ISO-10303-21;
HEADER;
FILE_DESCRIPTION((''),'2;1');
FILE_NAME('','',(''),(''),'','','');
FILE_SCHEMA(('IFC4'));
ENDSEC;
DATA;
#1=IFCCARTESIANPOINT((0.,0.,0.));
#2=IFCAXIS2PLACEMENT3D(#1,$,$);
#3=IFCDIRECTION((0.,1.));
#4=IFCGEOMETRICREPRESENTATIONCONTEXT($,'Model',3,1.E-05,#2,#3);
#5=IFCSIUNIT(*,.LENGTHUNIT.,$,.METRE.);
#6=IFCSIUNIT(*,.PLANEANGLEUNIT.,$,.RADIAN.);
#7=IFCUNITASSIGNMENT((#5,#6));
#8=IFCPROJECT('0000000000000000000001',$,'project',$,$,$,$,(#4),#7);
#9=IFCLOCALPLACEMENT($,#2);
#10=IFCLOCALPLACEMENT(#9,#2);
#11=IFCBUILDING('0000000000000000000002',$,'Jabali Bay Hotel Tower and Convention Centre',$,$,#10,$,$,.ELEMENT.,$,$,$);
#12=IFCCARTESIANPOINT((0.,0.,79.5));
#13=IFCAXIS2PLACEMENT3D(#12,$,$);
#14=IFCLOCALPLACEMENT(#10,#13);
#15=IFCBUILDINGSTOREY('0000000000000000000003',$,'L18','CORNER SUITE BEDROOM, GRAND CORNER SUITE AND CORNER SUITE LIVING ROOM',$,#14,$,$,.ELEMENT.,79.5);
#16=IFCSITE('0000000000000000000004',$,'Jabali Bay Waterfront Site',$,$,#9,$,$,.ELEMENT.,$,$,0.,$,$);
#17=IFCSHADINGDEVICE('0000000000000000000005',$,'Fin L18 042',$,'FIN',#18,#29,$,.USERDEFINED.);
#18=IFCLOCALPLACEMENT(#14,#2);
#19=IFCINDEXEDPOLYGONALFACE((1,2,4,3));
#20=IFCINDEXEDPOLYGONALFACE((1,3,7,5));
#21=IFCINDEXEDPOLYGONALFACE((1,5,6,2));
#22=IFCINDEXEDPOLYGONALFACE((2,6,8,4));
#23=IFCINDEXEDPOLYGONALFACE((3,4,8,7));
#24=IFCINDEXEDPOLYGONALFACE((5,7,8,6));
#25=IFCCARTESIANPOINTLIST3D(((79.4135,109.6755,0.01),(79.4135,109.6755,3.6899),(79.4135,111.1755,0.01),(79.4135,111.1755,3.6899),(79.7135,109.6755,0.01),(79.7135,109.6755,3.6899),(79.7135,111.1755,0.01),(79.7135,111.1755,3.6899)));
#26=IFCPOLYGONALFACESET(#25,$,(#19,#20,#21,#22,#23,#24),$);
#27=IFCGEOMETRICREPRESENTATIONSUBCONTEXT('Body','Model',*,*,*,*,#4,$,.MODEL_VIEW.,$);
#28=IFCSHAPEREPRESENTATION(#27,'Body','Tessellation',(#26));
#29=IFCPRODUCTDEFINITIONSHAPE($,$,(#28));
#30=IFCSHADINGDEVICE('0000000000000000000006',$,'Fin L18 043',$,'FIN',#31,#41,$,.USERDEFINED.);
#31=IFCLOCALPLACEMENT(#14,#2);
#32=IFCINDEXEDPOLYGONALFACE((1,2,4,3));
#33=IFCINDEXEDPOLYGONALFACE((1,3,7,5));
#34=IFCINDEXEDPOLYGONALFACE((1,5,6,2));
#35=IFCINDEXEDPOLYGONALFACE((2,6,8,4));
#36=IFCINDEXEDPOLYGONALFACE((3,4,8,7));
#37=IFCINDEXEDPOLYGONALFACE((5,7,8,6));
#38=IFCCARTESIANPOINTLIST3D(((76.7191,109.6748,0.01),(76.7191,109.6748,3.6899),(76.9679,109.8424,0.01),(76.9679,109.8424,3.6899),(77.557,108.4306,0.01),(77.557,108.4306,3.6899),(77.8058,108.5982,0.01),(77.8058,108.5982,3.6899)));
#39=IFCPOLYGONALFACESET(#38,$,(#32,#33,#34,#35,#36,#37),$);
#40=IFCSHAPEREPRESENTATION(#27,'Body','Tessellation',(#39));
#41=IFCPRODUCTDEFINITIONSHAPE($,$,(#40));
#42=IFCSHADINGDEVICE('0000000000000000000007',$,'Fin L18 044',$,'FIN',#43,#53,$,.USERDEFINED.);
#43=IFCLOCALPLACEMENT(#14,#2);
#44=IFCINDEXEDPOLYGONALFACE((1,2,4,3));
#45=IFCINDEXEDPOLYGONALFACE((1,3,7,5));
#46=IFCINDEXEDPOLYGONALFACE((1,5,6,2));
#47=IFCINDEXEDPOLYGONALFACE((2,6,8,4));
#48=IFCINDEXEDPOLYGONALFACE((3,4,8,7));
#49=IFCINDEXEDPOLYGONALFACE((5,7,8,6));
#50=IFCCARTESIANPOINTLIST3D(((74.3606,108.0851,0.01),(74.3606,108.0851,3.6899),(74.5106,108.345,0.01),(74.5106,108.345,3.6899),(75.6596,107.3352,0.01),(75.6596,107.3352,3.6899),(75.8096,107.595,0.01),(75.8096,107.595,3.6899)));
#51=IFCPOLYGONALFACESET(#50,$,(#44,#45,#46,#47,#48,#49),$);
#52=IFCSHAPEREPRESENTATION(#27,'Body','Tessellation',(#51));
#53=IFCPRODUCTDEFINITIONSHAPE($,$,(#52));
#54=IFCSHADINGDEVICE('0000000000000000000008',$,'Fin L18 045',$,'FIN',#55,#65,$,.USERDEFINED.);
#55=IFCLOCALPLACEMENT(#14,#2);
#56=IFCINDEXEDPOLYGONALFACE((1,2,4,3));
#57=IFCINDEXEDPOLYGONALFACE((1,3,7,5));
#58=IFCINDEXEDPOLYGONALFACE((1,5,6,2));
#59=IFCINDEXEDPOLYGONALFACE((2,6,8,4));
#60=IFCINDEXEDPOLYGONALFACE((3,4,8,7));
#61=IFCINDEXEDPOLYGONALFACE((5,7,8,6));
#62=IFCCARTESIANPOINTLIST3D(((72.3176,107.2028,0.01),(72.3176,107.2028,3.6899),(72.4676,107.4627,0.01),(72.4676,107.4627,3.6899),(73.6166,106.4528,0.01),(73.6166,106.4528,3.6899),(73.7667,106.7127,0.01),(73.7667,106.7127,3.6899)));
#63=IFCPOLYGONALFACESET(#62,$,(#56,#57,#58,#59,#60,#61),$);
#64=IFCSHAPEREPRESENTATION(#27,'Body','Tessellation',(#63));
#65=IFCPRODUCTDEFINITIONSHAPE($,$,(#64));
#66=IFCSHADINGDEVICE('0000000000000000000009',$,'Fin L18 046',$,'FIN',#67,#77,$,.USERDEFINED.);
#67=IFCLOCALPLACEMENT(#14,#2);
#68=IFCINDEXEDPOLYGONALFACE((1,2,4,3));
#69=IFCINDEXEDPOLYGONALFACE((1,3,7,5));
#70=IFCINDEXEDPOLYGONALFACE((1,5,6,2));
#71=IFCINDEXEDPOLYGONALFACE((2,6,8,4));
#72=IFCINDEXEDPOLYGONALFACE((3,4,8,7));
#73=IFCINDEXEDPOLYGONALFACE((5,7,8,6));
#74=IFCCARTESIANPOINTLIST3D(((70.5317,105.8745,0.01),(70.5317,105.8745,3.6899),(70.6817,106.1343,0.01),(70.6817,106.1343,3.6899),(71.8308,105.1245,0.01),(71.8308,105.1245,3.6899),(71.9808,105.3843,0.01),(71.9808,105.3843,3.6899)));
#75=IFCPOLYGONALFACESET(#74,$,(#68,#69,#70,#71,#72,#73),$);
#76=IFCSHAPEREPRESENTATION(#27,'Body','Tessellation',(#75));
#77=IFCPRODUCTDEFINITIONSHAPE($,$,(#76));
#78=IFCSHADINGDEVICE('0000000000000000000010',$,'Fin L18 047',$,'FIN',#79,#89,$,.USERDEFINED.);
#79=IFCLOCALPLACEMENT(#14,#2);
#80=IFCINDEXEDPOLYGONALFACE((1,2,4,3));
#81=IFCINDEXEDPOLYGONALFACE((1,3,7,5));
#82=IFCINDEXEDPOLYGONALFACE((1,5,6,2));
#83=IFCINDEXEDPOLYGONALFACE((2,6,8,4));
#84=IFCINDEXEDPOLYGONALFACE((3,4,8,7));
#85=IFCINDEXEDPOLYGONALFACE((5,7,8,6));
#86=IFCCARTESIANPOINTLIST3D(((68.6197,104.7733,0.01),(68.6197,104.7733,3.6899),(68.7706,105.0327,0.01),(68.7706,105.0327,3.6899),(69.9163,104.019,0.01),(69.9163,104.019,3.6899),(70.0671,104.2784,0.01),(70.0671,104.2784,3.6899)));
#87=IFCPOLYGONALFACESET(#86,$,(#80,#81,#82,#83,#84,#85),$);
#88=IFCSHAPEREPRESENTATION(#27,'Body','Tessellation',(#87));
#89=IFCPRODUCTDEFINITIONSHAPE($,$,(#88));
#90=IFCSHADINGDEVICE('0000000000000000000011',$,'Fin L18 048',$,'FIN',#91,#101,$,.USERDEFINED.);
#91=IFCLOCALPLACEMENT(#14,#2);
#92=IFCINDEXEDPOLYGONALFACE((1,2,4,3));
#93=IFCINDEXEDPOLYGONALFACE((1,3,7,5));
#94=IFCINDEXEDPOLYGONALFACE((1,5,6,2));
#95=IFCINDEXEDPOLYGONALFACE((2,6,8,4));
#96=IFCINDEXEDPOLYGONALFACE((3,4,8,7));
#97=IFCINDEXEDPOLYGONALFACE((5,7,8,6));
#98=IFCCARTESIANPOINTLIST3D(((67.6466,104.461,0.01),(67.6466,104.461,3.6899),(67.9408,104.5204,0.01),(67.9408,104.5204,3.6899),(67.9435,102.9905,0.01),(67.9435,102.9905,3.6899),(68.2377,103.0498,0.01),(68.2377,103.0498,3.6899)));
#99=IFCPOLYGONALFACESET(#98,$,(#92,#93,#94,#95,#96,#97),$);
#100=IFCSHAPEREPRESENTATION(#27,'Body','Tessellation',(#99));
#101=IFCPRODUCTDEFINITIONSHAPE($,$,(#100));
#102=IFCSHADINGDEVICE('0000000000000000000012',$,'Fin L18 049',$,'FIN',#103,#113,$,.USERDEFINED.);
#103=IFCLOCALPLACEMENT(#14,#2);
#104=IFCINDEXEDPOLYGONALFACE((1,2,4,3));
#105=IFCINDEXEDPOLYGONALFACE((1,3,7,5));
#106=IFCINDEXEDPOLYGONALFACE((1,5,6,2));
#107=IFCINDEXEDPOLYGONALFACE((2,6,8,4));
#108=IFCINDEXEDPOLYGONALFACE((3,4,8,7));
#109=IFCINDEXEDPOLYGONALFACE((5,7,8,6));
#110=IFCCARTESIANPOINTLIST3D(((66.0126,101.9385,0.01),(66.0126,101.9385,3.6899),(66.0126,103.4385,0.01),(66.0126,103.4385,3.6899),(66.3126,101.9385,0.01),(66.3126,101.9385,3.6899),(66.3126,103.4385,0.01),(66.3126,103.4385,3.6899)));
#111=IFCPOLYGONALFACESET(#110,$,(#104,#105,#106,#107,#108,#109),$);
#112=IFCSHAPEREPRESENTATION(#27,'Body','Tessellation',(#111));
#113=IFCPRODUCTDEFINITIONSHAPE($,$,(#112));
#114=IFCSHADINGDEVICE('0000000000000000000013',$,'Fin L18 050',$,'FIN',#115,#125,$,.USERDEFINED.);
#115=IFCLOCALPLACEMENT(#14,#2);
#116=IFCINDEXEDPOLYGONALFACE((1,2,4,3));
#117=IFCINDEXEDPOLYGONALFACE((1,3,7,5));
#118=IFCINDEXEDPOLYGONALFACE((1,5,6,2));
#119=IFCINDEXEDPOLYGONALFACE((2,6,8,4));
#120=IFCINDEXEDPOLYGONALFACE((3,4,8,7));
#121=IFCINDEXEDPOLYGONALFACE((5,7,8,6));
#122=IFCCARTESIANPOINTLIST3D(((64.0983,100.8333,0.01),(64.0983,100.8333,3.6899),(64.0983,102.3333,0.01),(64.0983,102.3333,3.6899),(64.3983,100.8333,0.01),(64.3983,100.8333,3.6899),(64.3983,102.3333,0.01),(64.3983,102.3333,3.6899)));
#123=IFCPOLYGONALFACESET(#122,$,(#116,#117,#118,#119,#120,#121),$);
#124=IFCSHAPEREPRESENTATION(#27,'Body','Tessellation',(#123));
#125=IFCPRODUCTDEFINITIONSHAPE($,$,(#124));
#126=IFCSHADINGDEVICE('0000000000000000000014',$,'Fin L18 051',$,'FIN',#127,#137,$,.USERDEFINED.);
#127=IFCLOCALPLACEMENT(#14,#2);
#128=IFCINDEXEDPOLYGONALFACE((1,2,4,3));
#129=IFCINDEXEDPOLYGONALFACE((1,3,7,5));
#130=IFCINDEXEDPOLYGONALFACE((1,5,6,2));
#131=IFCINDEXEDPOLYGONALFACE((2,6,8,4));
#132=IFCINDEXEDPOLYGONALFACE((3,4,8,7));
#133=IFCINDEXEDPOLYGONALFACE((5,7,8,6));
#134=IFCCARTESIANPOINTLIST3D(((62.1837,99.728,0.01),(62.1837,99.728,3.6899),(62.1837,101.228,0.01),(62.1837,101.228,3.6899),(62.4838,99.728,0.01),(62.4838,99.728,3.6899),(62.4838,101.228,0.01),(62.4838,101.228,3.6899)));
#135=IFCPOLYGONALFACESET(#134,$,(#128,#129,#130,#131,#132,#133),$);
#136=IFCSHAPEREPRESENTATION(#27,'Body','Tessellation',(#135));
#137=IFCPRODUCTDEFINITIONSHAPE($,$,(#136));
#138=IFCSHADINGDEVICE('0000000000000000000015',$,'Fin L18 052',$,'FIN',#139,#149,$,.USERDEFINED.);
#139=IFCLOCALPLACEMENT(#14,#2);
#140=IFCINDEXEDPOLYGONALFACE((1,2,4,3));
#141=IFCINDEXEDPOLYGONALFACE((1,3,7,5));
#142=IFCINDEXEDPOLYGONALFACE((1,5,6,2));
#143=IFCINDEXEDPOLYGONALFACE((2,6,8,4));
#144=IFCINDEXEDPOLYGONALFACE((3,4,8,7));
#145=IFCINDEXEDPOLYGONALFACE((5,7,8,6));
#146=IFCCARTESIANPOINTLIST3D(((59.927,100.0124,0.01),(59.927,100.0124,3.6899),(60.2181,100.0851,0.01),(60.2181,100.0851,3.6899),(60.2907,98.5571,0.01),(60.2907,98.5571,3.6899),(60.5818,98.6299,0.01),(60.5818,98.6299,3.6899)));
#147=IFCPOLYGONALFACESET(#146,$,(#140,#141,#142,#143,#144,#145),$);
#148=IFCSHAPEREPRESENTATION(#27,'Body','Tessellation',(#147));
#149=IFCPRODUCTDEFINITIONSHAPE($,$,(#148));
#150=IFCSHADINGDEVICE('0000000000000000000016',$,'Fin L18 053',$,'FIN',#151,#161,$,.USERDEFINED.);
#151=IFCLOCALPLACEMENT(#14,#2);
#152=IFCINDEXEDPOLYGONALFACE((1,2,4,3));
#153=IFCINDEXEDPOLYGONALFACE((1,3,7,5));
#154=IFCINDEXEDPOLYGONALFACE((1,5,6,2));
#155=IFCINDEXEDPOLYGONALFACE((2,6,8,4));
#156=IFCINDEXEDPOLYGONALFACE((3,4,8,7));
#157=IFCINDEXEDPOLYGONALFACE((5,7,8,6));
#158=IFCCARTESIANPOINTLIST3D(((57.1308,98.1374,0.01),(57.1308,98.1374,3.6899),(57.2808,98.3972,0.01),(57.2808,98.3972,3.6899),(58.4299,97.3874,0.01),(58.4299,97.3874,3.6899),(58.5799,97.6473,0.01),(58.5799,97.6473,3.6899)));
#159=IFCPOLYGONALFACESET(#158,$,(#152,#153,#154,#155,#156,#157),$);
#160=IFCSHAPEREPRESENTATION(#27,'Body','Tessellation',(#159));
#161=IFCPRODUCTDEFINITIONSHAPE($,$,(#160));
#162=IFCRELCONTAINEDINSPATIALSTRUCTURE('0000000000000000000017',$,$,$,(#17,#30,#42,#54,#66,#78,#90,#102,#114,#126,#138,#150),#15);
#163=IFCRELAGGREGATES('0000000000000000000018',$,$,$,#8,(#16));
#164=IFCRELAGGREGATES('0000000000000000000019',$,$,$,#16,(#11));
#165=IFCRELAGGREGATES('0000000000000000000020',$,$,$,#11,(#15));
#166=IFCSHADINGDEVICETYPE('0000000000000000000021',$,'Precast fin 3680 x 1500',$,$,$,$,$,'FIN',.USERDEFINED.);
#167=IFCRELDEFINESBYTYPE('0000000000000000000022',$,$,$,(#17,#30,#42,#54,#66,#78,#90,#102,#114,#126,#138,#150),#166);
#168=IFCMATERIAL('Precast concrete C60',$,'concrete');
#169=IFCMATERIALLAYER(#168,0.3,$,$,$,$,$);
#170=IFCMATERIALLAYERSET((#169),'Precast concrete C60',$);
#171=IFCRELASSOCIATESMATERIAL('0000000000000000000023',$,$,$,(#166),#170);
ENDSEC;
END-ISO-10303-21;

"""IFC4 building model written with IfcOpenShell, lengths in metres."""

from ifc_helpers import new_model, si_unit, direction, frame, frame_2d, origin, place, context, subcontext, project, spatial, rectangle, extrude, material, layer, layer_set, type_object, element, save


model = new_model("IFC4")

# Units and contexts
model_context = context("Model", 3, precision=1e-05, world=origin(), true_north=direction((0.0, 1.0)))
body_context = subcontext(model_context, "Body", "Model", "MODEL_VIEW")
ifc_project = project(units=[si_unit("LENGTHUNIT", "METRE"), si_unit("PLANEANGLEUNIT", "RADIAN")], contexts=[model_context])

# Site, building, storey
site_placement = place(None, origin())
site = spatial("IfcSite", under=ifc_project, at=site_placement, Name="Jabali Bay Waterfront Site", CompositionType="ELEMENT", RefElevation=0.0)
building_placement = place(site_placement, origin())
building = spatial("IfcBuilding", under=site, at=building_placement, Name="Jabali Bay Hotel Tower and Convention Centre", CompositionType="ELEMENT")
storey_placement = place(building_placement, frame((0.0, 0.0, 79.5)))
storey = spatial("IfcBuildingStorey", under=building, at=storey_placement, Name="L18", Description="CORNER SUITE BEDROOM, GRAND CORNER SUITE AND CORNER SUITE LIVING ROOM", CompositionType="ELEMENT", Elevation=79.5)

# Shading devices
ifc_material_1 = material(Name="Precast concrete C60", Category="concrete")
ifc_layer_1 = layer(ifc_material_1, 0.3)
ifc_layer_set_1 = layer_set([ifc_layer_1], Name="Precast concrete C60")
shading_device_type = type_object("IfcShadingDeviceType", Name="Precast fin 3680 x 1500", ElementType="FIN", PredefinedType="USERDEFINED", material=ifc_layer_set_1)
for number, where, z_axis, x_axis, name in (
    (1, (79.5635, 109.6755, 0.01), (0.0, 0.0, 1.0), (0.0, 1.0, 0.0), "Fin L18 042"),
    (2, (77.6814, 108.5144, 0.01), (0.0, 0.0, 1.0), (-0.5586, 0.829437, 0.0), "Fin L18 043"),
    (3, (75.7346, 107.4651, 0.01), (0.0, 0.0, 1.0), (-0.866031, 0.49999, 0.0), "Fin L18 044"),
    (4, (73.6917, 106.5828, 0.01), (0.0, 0.0, 1.0), (-0.866031, 0.49999, 0.0), "Fin L18 045"),
    (5, (71.9058, 105.2544, 0.01), (0.0, 0.0, 1.0), (-0.866031, 0.49999, 0.0), "Fin L18 046"),
    (6, (69.9917, 104.1487, 0.01), (0.0, 0.0, 1.0), (-0.864351, 0.502889, 0.0), "Fin L18 047"),
):
    element("IfcShadingDevice", number, at=place(storey_placement, frame(where, z_axis=z_axis, x_axis=x_axis)), inside=storey, type_object=shading_device_type, Name=name, ObjectType="FIN", PredefinedType="USERDEFINED", context=body_context, shape_type="SweptSolid", body=[
        extrude(rectangle(XDim=1.5, YDim=0.3, at=frame_2d((0.75, 0.0))), origin(), (0.0, 0.0, 1.0), 3.6799),
    ])
shading_device_placement = place(storey_placement, frame((68.0906, 103.0203, 0.01), z_axis=(0.0, 0.0, 1.0), x_axis=(-0.1979, 0.980222, 0.0)))
element("IfcShadingDevice", 7, at=shading_device_placement, inside=storey, type_object=shading_device_type, Name="Fin L18 048", ObjectType="FIN", PredefinedType="USERDEFINED", context=body_context, shape_type="SweptSolid", body=[
    extrude(rectangle(XDim=1.5002, YDim=0.3, at=frame_2d((0.75, 0.0))), origin(), (0.0, 0.0, 1.0), 3.6799),
])
for number, where, z_axis, x_axis, name in (
    (8, (66.1626, 101.9385, 0.01), (0.0, 0.0, 1.0), (0.0, 1.0, 0.0), "Fin L18 049"),
    (9, (64.2483, 100.8333, 0.01), (0.0, 0.0, 1.0), (0.0, 1.0, 0.0), "Fin L18 050"),
    (10, (62.3337, 99.728, 0.01), (0.0, 0.0, 1.0), (0.0, 1.0, 0.0), "Fin L18 051"),
    (11, (60.4363, 98.5935, 0.01), (0.0, 0.0, 1.0), (-0.242497, 0.970152, 0.0), "Fin L18 052"),
    (12, (58.5049, 97.5173, 0.01), (0.0, 0.0, 1.0), (-0.866031, 0.49999, 0.0), "Fin L18 053"),
):
    element("IfcShadingDevice", number, at=place(storey_placement, frame(where, z_axis=z_axis, x_axis=x_axis)), inside=storey, type_object=shading_device_type, Name=name, ObjectType="FIN", PredefinedType="USERDEFINED", context=body_context, shape_type="SweptSolid", body=[
        extrude(rectangle(XDim=1.5, YDim=0.3, at=frame_2d((0.75, 0.0))), origin(), (0.0, 0.0, 1.0), 3.6799),
    ])

save(model, "model.ifc")
